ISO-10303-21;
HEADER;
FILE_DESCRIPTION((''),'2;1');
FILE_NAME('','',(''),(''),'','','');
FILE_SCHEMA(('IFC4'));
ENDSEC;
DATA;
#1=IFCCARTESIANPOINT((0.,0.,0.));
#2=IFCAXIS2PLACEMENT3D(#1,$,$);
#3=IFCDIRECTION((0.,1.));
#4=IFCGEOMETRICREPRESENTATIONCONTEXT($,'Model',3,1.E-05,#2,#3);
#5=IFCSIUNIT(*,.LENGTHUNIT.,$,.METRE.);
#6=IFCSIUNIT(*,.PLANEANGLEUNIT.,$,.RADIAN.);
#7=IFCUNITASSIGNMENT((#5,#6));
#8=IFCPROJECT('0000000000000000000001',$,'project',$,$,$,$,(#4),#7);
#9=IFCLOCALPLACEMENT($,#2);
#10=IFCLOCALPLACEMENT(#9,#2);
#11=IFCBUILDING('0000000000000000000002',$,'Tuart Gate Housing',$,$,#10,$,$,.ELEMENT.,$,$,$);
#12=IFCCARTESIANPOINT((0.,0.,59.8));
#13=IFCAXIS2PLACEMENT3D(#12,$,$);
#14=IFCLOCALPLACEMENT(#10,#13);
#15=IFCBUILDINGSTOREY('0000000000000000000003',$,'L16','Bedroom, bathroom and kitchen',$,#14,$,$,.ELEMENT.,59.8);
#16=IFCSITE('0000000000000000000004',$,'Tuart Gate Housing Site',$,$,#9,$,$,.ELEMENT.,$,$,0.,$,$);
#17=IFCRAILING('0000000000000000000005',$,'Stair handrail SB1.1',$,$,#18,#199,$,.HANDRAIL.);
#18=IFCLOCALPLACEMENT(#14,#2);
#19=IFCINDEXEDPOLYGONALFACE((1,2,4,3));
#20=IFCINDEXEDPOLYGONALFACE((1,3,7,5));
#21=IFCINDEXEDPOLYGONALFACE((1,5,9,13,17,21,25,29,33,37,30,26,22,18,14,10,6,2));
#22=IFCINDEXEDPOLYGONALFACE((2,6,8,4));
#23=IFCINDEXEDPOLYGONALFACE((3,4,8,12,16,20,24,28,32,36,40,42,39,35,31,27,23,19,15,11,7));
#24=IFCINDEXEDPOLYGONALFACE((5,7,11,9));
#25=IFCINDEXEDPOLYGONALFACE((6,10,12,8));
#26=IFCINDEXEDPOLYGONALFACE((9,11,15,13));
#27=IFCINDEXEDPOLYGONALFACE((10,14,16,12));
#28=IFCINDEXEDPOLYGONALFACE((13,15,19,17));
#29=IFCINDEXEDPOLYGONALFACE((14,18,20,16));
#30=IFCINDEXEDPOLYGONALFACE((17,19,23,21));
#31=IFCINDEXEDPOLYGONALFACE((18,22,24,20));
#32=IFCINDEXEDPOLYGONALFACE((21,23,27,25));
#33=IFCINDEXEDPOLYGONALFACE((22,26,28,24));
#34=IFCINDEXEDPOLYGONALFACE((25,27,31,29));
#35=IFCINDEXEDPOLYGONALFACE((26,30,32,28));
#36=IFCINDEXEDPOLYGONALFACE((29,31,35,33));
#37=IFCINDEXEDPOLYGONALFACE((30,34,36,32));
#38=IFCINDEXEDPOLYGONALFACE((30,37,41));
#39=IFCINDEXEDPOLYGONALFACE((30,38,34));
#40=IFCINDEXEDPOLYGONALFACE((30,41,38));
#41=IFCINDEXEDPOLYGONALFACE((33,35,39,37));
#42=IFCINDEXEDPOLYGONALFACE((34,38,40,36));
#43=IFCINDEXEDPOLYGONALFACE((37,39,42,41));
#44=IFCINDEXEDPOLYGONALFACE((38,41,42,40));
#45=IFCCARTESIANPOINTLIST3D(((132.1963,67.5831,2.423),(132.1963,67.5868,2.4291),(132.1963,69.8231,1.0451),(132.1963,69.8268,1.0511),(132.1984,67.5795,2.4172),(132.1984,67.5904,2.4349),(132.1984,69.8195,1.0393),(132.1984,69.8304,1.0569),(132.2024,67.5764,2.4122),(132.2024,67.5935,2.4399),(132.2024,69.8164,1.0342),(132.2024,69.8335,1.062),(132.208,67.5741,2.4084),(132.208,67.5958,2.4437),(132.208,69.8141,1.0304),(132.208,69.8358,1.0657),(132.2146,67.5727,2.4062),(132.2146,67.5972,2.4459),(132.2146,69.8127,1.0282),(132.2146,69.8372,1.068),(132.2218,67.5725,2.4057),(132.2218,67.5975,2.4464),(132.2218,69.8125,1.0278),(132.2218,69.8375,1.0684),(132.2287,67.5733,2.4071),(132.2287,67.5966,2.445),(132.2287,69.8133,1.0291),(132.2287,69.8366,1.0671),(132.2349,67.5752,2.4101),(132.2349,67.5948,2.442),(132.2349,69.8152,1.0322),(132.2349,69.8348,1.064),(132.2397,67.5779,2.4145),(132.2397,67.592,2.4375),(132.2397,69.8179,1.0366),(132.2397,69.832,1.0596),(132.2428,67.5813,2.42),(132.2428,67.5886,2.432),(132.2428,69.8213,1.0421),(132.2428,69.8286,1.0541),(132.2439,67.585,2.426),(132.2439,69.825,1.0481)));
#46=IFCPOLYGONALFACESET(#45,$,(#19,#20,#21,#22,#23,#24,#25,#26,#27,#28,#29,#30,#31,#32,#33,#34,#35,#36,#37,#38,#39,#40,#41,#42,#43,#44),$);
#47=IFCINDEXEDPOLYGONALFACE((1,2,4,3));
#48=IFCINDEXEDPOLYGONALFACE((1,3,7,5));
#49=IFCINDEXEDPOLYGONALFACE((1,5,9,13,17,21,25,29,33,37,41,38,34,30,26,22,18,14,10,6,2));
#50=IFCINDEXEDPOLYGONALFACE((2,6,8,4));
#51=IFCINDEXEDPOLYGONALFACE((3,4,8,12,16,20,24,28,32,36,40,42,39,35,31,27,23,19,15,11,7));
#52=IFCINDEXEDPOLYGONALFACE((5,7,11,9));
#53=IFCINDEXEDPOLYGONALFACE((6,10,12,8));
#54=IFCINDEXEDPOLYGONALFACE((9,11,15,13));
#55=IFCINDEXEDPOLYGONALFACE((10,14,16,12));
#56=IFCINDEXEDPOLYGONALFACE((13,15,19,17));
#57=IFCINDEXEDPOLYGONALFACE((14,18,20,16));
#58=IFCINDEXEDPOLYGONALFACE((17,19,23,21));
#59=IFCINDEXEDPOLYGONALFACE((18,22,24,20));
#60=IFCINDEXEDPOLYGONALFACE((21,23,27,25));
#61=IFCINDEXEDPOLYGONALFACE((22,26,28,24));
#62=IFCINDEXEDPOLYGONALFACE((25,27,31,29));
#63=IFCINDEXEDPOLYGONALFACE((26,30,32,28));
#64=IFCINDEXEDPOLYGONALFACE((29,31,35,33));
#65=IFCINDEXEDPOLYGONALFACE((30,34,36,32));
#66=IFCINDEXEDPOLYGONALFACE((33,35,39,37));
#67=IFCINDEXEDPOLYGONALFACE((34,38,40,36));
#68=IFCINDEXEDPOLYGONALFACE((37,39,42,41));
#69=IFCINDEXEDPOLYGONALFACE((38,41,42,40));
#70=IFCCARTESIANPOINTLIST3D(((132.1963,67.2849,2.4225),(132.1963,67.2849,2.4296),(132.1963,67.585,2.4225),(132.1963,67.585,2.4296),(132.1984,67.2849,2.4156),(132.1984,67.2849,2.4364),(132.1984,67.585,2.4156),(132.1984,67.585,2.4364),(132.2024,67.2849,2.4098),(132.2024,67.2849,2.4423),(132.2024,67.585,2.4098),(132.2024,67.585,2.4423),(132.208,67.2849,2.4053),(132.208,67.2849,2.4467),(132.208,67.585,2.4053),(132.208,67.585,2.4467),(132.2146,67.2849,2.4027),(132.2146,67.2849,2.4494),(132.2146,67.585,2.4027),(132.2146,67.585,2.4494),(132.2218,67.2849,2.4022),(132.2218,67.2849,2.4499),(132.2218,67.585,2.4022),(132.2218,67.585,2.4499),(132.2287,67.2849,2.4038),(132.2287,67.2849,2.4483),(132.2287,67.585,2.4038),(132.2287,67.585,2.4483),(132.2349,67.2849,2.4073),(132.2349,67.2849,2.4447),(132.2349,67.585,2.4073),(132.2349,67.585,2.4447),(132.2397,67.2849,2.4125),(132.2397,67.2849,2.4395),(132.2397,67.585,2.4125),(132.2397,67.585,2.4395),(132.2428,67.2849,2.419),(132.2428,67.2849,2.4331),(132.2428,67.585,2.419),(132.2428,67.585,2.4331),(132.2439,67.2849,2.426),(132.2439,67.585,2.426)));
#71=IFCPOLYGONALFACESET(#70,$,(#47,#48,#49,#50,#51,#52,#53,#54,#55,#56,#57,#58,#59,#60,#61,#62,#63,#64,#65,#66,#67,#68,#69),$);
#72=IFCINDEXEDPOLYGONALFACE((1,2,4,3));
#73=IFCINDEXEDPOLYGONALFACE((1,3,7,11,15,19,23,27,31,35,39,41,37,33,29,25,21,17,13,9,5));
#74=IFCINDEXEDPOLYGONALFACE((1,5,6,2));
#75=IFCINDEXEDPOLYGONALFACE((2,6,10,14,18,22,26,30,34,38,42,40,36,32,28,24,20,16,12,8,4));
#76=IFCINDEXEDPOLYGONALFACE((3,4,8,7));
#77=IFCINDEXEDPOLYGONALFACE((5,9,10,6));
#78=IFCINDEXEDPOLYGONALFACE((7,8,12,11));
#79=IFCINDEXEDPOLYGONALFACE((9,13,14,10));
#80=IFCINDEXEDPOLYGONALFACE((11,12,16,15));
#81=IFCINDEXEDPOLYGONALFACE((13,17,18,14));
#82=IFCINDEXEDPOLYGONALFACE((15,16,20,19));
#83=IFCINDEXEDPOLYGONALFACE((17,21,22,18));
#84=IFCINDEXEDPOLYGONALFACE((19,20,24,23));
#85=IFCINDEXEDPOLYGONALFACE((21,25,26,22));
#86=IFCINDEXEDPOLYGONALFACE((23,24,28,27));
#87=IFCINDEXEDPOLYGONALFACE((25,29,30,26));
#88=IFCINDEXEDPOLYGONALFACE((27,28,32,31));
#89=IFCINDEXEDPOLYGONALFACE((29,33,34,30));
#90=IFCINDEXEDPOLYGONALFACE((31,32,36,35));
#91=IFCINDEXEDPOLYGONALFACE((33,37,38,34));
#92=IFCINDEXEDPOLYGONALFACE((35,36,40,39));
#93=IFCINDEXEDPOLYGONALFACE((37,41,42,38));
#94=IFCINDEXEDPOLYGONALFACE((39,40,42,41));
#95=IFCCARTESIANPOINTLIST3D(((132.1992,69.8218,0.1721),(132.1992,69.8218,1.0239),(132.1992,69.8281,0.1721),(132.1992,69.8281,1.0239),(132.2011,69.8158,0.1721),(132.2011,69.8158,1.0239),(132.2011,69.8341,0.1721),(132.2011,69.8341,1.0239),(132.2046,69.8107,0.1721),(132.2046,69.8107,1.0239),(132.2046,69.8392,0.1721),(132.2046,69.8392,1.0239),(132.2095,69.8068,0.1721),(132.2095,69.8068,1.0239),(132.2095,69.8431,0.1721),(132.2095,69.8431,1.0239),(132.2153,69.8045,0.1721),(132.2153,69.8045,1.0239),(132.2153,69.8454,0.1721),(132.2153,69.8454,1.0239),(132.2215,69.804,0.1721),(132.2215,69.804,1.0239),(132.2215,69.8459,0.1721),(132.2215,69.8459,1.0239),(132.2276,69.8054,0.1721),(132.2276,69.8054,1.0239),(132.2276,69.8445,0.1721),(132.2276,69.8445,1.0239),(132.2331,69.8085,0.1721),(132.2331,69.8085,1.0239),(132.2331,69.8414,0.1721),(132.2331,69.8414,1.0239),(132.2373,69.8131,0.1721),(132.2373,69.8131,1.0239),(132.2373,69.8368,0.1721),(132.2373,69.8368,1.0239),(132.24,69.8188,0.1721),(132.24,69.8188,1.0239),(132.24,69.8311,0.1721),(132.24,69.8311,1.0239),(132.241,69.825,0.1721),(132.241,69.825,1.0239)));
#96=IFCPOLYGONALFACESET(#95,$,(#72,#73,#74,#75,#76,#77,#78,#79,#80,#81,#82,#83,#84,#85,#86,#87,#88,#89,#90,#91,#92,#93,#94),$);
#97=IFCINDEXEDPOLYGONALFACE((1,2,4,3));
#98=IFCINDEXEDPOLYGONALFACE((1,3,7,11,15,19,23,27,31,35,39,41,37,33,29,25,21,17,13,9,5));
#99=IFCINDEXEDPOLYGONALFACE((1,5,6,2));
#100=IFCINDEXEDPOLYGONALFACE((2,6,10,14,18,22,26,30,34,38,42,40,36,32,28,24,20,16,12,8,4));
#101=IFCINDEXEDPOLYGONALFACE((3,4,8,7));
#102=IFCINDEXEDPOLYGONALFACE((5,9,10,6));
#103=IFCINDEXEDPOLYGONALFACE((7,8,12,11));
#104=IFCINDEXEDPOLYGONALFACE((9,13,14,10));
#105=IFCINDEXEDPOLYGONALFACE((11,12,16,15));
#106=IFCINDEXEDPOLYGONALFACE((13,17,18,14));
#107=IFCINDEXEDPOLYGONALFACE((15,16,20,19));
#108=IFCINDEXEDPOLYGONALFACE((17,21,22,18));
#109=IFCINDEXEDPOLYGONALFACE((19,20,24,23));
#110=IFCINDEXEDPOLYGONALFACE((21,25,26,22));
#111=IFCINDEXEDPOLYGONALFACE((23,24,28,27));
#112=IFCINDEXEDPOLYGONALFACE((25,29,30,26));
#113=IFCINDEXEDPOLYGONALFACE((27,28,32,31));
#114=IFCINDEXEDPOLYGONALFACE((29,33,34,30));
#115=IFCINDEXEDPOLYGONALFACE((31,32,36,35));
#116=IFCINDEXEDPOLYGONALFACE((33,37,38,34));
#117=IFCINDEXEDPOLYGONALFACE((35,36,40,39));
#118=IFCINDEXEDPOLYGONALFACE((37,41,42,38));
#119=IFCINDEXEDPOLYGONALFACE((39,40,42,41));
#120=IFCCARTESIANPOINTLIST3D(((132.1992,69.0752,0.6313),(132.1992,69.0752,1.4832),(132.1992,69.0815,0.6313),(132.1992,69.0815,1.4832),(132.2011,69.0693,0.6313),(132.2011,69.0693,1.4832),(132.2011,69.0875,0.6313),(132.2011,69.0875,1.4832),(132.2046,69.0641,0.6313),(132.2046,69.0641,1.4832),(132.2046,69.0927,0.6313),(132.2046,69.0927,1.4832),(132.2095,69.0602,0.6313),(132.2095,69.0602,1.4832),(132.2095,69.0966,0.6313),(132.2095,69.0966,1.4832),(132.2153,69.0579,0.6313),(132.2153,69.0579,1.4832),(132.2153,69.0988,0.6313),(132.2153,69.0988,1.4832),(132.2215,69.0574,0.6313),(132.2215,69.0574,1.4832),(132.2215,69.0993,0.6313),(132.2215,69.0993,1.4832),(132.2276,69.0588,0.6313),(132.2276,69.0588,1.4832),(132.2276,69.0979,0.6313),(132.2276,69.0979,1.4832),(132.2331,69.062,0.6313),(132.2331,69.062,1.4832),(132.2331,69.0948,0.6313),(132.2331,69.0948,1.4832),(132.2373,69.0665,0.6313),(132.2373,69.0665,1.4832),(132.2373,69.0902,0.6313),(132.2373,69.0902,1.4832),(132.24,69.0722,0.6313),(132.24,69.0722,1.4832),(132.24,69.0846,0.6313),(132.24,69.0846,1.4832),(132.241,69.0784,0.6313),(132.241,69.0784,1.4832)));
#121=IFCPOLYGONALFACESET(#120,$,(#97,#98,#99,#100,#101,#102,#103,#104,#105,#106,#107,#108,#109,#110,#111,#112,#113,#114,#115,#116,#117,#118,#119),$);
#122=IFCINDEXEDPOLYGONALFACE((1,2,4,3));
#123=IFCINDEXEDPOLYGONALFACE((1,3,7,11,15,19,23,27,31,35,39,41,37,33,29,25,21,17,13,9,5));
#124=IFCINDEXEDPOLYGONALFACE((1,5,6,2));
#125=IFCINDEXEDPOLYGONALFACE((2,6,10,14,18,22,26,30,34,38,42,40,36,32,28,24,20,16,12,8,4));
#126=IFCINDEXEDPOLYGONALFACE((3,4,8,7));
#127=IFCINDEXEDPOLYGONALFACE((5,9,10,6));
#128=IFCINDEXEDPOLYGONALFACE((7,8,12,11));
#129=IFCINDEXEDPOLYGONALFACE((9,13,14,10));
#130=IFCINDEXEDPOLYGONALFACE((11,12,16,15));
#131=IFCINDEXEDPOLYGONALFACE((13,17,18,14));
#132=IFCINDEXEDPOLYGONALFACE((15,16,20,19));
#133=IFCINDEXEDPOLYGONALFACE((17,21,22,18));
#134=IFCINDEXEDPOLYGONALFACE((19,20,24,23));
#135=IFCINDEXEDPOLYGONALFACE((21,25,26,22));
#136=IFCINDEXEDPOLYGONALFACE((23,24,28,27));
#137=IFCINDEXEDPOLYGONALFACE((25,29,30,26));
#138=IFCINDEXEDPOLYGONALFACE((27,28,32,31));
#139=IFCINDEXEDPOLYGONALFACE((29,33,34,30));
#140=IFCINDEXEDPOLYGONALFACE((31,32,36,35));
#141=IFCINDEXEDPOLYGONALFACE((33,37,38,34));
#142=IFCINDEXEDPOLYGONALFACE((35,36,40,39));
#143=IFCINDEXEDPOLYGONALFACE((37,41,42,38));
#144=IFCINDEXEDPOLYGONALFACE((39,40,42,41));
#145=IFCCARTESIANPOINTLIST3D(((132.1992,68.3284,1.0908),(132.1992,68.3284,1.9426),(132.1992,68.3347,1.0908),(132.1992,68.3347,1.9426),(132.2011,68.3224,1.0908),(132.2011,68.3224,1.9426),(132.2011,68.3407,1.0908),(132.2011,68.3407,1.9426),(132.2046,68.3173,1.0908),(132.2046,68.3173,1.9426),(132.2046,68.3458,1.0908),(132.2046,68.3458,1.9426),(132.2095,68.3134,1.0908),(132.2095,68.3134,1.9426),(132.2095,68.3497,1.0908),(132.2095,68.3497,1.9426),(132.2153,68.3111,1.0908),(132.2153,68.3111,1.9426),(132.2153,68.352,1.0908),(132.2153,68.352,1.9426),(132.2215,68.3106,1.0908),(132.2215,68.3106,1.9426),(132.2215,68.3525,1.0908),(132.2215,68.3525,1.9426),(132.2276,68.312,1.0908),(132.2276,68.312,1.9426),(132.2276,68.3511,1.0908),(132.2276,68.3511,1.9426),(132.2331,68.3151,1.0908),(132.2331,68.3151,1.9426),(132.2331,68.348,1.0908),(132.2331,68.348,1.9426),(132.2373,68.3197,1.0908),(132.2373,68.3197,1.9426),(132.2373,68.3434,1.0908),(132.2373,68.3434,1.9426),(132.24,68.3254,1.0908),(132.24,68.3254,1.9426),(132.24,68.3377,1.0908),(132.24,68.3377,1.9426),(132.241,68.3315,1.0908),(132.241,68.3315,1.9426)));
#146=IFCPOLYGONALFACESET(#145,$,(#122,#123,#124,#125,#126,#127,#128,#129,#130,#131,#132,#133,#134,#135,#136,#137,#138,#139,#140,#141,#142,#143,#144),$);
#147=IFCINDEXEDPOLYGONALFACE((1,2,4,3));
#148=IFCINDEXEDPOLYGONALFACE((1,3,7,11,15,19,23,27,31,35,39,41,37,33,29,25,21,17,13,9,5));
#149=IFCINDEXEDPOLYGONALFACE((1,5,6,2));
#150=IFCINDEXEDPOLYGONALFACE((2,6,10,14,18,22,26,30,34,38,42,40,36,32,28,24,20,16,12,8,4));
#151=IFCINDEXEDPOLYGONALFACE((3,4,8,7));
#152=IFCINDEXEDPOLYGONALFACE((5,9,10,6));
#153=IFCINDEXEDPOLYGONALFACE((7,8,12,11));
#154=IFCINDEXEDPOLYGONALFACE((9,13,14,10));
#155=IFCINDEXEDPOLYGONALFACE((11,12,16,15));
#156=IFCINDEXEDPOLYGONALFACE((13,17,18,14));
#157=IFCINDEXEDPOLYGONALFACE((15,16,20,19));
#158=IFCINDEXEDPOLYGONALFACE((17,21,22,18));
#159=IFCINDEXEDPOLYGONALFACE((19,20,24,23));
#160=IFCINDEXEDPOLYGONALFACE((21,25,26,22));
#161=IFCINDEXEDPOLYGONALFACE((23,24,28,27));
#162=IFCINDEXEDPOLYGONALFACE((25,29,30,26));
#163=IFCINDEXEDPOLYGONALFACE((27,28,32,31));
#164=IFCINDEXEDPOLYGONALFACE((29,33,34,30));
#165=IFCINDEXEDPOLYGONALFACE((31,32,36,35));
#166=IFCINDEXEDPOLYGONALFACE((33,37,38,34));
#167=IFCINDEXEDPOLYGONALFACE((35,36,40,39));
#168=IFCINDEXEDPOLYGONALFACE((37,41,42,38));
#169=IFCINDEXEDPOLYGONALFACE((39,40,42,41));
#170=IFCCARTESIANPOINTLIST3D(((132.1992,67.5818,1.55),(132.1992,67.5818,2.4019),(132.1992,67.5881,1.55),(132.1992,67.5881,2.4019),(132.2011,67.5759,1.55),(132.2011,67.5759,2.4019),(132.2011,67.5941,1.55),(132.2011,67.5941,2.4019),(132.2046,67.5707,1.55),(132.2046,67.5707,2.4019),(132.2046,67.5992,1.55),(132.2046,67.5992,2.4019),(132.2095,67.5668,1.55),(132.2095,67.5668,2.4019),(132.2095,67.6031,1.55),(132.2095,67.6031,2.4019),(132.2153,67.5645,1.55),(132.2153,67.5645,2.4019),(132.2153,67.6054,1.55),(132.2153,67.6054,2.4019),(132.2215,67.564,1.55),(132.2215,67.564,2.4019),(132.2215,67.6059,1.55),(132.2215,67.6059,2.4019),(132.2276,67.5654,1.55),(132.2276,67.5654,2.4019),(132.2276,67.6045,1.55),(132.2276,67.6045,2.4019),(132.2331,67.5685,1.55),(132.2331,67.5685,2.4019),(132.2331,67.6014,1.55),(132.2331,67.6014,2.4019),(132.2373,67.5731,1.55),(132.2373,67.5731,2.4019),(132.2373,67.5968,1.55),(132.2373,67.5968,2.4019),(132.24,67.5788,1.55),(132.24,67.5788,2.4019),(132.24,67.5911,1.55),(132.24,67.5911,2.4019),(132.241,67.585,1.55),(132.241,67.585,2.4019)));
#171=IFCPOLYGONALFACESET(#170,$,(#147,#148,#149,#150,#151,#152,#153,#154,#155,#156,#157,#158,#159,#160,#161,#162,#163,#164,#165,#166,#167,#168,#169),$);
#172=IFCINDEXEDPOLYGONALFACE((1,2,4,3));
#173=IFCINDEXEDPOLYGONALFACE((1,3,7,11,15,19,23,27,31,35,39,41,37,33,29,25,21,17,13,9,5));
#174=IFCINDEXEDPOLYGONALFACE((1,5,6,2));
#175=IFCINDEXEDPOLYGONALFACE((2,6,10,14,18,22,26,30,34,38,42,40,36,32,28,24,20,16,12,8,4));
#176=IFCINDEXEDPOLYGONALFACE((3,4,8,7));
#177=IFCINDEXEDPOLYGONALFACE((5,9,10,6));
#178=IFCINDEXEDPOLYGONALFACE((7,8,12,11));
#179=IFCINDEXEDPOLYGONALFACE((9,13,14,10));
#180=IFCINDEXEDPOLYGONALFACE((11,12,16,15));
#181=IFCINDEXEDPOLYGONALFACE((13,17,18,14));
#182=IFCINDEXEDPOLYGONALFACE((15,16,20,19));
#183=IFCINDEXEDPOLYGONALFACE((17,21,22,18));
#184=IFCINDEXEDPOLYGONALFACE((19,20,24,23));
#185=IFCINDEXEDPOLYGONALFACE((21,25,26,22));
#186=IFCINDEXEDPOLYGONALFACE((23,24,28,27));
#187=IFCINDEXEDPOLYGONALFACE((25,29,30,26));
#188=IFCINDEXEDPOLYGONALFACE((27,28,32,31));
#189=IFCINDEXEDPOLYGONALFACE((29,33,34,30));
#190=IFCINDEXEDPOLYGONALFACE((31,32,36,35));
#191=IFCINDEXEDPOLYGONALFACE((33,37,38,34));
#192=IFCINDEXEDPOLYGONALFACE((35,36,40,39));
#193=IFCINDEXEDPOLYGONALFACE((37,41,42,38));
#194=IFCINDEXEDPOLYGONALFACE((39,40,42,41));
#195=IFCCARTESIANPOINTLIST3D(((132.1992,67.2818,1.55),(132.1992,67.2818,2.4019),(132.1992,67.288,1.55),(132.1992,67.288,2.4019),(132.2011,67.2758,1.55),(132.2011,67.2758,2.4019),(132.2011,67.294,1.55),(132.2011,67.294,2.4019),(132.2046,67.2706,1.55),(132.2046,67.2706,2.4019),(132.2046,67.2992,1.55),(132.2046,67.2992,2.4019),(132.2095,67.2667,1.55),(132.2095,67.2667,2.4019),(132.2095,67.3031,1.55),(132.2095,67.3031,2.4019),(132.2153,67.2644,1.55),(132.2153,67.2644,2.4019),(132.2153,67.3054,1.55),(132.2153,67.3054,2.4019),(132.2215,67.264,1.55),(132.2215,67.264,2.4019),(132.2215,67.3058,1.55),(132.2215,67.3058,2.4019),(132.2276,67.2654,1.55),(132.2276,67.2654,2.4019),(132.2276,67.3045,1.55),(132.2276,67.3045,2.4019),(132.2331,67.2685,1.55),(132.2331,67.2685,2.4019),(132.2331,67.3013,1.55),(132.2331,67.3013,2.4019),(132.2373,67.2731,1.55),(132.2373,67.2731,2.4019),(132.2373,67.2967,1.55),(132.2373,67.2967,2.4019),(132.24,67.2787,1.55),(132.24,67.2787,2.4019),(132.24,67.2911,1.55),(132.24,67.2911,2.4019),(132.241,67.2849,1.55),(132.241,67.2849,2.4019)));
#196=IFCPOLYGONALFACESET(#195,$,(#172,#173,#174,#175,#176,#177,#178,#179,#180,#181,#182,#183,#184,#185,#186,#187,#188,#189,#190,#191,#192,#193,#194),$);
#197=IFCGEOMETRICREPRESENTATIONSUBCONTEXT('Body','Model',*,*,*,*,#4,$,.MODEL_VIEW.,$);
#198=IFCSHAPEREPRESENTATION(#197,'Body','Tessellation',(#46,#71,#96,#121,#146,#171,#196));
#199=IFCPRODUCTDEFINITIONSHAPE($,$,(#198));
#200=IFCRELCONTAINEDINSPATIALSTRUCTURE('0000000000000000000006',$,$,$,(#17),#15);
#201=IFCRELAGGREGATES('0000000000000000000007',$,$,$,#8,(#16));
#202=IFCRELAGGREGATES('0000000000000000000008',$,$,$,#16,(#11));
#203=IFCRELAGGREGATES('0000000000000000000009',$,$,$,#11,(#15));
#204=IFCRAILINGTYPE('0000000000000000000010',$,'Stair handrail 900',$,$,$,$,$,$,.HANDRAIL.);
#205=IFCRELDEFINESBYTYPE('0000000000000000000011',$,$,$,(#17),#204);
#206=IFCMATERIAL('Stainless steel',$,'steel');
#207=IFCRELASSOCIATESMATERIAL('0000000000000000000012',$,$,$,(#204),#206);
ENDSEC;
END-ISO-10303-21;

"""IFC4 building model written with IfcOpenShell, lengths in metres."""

from ifc_helpers import new_model, si_unit, direction, frame, origin, origin_2d, place, context, subcontext, project, spatial, circle, extrude, material, type_object, element, save


model = new_model("IFC4")

# Units and contexts
model_context = context("Model", 3, precision=1e-05, world=origin(), true_north=direction((0.0, 1.0)))
body_context = subcontext(model_context, "Body", "Model", "MODEL_VIEW")
ifc_project = project(units=[si_unit("LENGTHUNIT", "METRE"), si_unit("PLANEANGLEUNIT", "RADIAN")], contexts=[model_context])

# Site, building, storey
site_placement = place(None, origin())
site = spatial("IfcSite", under=ifc_project, at=site_placement, Name="Tuart Gate Housing Site", CompositionType="ELEMENT", RefElevation=0.0)
building_placement = place(site_placement, origin())
building = spatial("IfcBuilding", under=site, at=building_placement, Name="Tuart Gate Housing", CompositionType="ELEMENT")
storey_placement = place(building_placement, frame((0.0, 0.0, 59.8)))
storey = spatial("IfcBuildingStorey", under=building, at=storey_placement, Name="L16", Description="Bedroom, bathroom and kitchen", CompositionType="ELEMENT", Elevation=59.8)

# Railing
ifc_material_1 = material(Name="Stainless steel", Category="steel")
railing_type = type_object("IfcRailingType", Name="Stair handrail 900", PredefinedType="HANDRAIL", material=ifc_material_1)
railing_placement = place(storey_placement, frame((132.22, 69.825, 0.1721)))
element("IfcRailing", 1, at=railing_placement, inside=storey, type_object=railing_type, Name="Stair handrail SB1.1", PredefinedType="HANDRAIL", context=body_context, shape_type="SweptSolid", body=[
    extrude(circle(Radius=0.0239, at=origin_2d()), frame((0.0, 0.0, 0.876), z_axis=(0.0, -0.851748, 0.523952), x_axis=(1.0, 0.0, 0.0)), (0.0, 0.0, 1.0), 2.6299),
    extrude(circle(Radius=0.0239, at=origin_2d()), frame((0.0, -2.24, 2.2539), z_axis=(0.0, -1.0, 0.0), x_axis=(1.0, 0.0, 0.0)), (0.0, 0.0, 1.0), 0.3),
    extrude(circle(Radius=0.021, at=origin_2d()), origin(), (0.0, 0.0, 1.0), 0.8518),
    extrude(circle(Radius=0.021, at=origin_2d()), frame((0.0, -0.7466, 0.4592)), (0.0, 0.0, 1.0), 0.8518),
    extrude(circle(Radius=0.021, at=origin_2d()), frame((0.0, -1.4934, 0.9187)), (0.0, 0.0, 1.0), 0.8518),
    extrude(circle(Radius=0.021, at=origin_2d()), frame((0.0, -2.24, 1.3779)), (0.0, 0.0, 1.0), 0.8518),
    extrude(circle(Radius=0.021, at=origin_2d()), frame((0.0, -2.54, 1.3779)), (0.0, 0.0, 1.0), 0.8518),
])

save(model, "model.ifc")
